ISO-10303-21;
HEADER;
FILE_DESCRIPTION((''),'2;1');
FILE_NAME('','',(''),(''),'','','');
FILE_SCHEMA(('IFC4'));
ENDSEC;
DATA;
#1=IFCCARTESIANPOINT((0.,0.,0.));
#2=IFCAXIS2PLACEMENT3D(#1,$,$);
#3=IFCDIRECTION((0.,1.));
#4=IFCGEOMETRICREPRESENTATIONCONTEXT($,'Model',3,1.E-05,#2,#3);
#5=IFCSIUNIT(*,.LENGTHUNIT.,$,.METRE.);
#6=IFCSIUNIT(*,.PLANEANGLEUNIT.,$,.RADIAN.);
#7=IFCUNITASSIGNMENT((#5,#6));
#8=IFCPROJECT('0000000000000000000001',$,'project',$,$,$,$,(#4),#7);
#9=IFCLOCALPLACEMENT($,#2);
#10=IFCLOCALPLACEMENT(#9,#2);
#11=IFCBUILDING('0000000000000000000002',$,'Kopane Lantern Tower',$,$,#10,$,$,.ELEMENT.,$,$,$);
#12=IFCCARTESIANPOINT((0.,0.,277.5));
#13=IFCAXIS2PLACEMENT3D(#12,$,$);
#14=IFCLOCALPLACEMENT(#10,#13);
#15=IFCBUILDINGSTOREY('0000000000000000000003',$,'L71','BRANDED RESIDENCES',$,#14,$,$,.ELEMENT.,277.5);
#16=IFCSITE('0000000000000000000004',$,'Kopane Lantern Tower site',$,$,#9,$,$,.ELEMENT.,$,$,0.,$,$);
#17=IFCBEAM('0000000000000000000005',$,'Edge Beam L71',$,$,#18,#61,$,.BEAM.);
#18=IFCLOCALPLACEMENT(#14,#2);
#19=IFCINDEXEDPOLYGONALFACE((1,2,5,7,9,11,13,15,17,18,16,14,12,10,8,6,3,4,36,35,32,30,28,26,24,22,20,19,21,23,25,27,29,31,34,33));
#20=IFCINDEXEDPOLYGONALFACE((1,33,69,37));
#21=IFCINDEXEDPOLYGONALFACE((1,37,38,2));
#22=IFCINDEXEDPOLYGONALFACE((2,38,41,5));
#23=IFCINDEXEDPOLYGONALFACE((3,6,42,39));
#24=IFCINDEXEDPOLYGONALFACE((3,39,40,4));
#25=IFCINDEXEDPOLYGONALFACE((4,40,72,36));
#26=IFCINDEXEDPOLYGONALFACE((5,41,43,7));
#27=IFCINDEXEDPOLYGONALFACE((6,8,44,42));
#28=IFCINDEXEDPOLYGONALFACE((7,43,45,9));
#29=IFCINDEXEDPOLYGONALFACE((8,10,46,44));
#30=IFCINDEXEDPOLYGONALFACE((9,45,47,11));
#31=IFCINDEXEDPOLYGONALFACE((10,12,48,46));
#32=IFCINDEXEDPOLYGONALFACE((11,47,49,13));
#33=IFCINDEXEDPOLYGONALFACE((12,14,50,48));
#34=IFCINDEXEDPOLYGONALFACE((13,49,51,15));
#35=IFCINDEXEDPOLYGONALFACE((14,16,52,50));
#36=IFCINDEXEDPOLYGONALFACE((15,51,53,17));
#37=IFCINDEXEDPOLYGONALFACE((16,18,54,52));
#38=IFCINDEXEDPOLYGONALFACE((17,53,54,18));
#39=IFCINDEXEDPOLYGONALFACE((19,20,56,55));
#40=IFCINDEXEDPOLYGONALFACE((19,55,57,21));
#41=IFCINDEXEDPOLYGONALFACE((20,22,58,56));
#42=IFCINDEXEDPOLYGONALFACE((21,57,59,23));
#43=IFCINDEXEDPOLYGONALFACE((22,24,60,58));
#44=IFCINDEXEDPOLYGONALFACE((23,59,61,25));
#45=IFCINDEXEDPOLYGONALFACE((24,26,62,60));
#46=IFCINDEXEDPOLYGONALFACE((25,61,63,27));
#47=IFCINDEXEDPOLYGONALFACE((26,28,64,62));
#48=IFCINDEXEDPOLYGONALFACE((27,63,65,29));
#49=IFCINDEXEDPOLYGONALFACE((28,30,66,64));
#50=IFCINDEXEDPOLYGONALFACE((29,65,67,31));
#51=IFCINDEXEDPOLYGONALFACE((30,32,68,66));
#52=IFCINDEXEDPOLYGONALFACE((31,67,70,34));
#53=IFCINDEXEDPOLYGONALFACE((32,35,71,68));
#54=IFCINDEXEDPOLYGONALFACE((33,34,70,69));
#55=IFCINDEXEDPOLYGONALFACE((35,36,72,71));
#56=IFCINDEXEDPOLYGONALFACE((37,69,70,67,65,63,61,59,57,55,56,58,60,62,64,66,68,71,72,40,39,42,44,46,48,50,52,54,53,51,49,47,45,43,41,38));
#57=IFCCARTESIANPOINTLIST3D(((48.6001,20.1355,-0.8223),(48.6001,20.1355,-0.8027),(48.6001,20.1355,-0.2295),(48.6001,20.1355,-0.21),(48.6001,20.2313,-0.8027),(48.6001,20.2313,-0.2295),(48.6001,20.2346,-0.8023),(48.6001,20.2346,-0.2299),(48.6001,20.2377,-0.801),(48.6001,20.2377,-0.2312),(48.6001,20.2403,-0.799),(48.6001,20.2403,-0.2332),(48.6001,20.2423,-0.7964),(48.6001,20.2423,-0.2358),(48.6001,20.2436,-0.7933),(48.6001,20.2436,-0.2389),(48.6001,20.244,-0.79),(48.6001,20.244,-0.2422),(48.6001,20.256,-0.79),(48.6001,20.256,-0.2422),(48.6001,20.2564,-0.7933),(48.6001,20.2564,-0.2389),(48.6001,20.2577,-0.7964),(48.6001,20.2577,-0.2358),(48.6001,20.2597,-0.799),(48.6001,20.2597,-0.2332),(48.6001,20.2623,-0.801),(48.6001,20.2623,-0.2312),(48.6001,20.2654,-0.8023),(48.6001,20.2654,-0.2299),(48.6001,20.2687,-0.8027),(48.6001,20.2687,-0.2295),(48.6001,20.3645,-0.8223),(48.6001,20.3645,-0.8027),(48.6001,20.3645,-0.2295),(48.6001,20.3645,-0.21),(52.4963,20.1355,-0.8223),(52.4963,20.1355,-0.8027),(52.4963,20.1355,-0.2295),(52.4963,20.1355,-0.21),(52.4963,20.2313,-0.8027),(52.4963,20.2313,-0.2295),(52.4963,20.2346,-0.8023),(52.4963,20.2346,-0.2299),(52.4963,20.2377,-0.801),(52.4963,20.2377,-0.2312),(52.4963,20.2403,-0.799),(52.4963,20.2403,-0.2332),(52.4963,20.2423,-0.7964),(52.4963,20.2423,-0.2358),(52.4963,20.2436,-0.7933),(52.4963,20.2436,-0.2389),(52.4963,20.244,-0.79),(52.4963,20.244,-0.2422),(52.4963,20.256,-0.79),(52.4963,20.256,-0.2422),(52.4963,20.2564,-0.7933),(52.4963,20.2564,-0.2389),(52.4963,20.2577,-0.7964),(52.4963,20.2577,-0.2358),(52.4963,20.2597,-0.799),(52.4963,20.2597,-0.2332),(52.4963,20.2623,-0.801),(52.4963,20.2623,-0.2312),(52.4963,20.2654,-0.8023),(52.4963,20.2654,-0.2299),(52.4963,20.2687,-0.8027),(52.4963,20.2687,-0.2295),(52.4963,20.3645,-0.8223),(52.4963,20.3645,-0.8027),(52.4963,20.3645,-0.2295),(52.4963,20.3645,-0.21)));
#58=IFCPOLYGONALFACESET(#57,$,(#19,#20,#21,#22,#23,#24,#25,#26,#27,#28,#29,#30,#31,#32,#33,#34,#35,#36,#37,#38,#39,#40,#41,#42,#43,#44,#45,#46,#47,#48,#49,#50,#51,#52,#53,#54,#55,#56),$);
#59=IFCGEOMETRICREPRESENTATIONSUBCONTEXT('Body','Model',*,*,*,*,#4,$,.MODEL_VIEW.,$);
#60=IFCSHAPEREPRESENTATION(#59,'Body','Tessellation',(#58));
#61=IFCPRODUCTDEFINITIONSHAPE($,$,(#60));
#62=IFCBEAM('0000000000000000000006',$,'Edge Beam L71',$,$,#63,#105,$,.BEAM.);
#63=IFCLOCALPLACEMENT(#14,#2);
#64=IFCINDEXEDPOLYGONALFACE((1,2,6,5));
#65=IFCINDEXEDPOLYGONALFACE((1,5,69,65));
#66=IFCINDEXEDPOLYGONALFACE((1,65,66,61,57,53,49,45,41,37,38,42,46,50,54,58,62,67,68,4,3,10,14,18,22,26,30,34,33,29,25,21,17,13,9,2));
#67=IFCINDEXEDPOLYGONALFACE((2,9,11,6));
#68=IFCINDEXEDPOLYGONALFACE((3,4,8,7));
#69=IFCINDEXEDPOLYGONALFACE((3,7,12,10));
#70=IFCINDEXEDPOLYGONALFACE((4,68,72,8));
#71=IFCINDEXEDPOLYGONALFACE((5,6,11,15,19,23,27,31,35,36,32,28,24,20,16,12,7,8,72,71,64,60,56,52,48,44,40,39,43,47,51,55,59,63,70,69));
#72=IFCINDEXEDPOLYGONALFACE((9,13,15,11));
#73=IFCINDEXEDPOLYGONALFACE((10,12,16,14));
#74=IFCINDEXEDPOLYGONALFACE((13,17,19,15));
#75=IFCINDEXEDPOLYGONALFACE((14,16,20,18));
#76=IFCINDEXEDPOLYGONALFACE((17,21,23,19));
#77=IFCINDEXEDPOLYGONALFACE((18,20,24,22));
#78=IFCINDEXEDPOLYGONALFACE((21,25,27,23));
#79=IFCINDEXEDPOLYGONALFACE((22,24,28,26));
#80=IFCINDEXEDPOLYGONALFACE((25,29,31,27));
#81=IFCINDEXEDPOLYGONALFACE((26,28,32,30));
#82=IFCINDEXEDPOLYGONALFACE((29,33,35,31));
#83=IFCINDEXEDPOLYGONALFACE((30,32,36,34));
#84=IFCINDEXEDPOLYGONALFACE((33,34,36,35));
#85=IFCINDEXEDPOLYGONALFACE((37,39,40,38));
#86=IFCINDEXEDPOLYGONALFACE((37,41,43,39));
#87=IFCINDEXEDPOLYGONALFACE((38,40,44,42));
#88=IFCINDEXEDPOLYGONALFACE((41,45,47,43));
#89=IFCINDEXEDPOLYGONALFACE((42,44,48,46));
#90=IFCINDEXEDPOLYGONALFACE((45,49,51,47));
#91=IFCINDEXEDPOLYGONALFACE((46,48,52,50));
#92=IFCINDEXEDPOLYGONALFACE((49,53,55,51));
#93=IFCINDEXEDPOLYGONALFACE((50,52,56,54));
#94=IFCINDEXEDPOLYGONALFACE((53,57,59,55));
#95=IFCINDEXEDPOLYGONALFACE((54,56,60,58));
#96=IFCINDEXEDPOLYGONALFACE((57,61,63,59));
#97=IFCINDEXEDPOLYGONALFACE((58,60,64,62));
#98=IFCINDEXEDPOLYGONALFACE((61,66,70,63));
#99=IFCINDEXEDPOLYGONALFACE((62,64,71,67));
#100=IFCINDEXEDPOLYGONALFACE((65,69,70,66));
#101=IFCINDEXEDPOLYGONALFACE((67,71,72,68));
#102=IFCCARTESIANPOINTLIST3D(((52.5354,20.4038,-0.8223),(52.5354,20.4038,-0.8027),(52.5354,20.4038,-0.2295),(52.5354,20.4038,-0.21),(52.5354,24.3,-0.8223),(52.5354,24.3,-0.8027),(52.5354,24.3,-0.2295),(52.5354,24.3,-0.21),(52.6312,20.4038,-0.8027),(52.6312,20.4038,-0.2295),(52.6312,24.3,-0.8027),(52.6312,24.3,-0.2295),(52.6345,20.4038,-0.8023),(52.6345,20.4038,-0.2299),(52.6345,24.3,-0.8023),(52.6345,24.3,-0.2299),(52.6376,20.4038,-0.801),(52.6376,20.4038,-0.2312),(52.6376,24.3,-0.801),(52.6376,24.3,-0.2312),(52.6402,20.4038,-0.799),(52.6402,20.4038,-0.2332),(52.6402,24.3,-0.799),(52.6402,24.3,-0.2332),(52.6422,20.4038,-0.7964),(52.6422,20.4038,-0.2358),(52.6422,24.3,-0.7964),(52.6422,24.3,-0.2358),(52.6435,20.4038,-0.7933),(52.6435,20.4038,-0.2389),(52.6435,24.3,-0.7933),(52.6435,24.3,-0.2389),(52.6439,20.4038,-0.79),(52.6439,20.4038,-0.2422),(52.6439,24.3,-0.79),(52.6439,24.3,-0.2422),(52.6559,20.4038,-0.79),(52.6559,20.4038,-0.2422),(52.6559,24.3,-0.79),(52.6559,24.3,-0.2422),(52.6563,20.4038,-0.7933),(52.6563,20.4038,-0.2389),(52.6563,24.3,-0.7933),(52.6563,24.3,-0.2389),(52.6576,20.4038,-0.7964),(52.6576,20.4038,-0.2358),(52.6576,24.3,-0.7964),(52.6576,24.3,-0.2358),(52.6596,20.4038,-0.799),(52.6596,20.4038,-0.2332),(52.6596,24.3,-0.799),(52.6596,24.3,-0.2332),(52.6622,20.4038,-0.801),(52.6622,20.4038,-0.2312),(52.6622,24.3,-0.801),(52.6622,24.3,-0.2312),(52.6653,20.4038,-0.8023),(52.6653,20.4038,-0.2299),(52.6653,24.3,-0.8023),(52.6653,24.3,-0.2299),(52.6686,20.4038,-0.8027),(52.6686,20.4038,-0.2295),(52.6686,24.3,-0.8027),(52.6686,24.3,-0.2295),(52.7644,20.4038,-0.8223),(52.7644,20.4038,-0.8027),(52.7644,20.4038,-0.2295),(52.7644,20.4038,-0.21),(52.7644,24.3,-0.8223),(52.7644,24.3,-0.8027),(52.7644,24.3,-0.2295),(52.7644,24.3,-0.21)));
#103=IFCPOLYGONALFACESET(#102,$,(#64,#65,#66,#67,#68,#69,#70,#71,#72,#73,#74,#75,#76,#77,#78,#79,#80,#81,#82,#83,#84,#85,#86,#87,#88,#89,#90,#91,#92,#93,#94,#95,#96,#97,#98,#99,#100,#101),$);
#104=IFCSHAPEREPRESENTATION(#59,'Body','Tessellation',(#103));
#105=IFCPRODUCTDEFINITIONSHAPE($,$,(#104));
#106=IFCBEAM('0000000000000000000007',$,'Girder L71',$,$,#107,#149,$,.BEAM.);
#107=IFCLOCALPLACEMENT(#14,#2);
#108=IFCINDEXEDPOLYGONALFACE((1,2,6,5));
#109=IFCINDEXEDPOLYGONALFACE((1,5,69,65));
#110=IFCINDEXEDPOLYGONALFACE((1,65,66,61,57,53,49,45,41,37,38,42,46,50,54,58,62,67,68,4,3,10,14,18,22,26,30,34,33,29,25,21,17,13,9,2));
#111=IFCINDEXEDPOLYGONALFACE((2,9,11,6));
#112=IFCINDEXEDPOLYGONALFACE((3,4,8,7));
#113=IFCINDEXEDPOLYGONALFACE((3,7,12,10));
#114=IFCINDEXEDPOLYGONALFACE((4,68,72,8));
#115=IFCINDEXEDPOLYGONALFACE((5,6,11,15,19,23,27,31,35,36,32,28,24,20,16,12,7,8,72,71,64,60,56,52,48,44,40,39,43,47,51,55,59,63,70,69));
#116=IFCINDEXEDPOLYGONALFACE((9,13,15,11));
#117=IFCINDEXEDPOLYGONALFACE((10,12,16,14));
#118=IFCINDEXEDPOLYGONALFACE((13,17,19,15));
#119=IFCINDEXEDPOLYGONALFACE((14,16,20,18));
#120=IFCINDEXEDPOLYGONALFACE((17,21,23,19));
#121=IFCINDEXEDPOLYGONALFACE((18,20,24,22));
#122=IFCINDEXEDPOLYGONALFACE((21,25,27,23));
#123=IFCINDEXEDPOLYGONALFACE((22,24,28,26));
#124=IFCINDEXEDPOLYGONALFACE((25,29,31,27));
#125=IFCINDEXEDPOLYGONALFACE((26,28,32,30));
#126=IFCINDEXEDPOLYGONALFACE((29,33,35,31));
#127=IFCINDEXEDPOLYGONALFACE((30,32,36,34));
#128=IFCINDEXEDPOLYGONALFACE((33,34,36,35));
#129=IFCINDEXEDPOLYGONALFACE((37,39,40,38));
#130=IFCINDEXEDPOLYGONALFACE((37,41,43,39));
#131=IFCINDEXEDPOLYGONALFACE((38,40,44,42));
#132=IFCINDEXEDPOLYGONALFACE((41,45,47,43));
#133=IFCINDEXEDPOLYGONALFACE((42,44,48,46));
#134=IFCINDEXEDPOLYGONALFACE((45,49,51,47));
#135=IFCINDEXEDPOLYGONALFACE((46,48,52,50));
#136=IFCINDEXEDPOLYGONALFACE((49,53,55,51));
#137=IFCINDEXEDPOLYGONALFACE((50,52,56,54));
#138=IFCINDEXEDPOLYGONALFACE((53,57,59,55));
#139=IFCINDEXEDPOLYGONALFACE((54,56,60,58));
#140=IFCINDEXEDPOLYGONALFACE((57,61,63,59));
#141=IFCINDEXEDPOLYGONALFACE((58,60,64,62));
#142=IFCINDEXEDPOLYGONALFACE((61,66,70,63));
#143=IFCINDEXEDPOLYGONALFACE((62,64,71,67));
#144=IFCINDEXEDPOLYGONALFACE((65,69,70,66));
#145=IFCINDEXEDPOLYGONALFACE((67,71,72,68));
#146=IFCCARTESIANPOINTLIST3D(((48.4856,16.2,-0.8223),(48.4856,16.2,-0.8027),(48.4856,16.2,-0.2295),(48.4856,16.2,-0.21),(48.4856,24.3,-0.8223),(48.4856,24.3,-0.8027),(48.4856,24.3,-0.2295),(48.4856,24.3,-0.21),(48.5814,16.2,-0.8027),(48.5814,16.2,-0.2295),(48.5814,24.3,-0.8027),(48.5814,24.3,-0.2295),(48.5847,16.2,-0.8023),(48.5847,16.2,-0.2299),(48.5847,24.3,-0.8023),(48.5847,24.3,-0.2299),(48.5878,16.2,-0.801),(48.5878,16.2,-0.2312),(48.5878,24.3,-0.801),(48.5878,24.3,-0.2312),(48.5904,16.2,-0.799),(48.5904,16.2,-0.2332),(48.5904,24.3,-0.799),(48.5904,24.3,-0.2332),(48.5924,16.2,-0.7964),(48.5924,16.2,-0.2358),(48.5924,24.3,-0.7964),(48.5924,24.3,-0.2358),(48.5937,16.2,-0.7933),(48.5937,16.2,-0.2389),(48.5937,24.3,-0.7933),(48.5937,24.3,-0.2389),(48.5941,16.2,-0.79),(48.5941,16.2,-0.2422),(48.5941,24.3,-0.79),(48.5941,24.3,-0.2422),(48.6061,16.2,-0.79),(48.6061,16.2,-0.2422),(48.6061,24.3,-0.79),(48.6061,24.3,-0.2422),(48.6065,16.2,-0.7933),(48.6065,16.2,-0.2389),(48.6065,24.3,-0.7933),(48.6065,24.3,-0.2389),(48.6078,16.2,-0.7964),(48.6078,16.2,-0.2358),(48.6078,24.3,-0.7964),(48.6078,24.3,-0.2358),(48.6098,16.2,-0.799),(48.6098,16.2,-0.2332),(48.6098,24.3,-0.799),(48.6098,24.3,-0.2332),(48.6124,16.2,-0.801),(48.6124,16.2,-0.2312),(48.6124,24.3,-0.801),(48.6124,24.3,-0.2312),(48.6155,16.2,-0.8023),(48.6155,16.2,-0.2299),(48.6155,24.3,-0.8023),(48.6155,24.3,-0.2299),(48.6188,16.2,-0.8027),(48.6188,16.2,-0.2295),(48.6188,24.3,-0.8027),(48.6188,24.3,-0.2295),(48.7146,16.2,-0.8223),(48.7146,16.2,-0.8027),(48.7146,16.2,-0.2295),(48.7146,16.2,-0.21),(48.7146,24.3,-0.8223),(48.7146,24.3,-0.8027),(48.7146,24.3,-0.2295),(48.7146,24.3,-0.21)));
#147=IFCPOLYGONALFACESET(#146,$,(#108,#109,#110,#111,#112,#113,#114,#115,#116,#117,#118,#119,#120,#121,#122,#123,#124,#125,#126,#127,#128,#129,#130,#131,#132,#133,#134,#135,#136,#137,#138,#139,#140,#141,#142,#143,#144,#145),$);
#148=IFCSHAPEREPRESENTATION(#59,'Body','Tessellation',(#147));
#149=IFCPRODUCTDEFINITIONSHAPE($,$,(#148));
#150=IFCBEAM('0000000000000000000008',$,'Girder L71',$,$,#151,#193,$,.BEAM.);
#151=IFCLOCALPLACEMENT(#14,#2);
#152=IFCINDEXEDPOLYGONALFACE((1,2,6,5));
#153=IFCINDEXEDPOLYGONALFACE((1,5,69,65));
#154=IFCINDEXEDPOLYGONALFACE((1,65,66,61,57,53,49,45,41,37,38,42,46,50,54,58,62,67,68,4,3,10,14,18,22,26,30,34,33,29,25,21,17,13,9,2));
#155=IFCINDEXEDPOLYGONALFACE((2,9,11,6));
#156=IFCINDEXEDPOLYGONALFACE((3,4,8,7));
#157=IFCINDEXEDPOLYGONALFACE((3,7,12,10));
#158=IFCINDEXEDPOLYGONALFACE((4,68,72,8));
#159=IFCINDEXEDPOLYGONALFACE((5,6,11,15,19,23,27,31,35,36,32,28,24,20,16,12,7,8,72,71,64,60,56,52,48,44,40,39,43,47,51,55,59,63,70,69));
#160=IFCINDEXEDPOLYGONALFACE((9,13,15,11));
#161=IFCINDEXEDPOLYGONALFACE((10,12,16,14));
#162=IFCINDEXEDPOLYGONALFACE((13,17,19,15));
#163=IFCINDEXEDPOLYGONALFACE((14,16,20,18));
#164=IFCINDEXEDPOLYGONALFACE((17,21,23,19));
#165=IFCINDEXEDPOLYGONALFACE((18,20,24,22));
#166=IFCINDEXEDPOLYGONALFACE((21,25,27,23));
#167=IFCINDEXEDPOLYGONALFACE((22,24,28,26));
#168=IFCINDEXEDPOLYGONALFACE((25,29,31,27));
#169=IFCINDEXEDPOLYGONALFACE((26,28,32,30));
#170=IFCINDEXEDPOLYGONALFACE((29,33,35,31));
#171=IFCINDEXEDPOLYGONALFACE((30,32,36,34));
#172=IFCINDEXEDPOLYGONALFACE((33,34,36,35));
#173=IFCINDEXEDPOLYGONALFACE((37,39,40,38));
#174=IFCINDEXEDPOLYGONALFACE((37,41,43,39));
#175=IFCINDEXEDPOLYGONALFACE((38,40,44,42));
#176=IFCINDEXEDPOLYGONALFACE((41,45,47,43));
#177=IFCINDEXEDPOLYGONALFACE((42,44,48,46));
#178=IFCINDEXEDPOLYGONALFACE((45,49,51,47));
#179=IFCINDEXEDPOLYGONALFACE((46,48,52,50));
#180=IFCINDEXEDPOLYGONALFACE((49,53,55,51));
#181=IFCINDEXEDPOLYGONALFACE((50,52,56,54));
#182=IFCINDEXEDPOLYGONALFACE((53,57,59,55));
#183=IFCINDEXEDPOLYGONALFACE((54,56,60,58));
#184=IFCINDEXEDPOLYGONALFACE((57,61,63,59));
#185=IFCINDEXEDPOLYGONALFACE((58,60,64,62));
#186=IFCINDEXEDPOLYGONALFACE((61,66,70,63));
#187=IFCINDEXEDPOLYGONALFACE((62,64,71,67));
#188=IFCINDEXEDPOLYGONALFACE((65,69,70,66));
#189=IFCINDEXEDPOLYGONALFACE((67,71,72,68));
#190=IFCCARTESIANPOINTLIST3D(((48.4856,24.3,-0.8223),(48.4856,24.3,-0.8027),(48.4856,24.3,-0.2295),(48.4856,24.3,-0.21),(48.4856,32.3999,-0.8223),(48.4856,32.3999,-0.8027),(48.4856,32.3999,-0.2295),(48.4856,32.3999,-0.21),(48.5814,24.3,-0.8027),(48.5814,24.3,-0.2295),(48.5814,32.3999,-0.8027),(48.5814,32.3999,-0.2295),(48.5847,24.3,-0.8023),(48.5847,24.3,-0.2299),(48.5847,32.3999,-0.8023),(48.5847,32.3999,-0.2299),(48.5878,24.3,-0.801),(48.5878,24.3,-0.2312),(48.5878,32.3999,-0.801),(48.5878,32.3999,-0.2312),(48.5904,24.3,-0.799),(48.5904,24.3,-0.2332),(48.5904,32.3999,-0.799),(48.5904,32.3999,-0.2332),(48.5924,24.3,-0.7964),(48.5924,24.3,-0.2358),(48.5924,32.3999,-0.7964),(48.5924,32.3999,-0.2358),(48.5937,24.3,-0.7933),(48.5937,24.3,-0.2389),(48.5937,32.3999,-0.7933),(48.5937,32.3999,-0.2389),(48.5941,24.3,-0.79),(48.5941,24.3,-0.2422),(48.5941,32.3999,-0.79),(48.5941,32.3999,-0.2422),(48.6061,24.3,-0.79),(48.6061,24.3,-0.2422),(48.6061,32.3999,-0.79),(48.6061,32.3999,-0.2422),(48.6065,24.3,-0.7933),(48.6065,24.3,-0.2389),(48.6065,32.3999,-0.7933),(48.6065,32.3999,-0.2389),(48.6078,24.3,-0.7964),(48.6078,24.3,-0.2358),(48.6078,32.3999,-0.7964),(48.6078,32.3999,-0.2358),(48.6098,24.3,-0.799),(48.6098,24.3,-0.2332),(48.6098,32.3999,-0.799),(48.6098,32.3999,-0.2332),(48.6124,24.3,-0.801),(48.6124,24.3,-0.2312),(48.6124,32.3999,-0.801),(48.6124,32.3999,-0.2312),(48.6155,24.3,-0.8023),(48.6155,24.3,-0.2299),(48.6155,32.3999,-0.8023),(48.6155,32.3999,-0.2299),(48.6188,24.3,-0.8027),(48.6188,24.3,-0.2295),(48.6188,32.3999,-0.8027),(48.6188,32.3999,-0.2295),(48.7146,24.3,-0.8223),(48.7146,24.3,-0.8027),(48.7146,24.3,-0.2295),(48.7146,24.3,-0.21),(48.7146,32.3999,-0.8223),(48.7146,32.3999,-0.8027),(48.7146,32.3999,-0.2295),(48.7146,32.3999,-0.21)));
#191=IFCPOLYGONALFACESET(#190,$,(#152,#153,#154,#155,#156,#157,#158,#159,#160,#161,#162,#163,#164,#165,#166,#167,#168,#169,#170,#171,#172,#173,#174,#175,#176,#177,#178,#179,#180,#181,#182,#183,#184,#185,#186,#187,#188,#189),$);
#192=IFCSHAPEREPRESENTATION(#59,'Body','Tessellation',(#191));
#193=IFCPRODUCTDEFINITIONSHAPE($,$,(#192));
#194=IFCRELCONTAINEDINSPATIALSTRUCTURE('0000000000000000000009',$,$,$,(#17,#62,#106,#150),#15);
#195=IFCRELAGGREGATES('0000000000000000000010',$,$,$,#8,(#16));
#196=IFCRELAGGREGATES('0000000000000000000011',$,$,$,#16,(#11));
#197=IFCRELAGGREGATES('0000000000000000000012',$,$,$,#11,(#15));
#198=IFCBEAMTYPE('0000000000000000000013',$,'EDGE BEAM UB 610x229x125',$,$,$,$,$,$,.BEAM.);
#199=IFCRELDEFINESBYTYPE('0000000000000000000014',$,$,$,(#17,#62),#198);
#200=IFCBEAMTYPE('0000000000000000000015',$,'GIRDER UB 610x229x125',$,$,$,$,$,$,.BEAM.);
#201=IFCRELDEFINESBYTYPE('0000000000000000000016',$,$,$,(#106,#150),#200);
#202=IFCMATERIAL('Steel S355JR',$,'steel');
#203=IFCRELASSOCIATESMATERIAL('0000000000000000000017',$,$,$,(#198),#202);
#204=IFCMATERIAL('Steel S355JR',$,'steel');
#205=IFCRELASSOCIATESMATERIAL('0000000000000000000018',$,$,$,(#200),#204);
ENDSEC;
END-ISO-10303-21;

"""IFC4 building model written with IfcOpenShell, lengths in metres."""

from ifc_helpers import new_model, si_unit, direction, frame, origin, origin_2d, place, context, subcontext, project, spatial, i_section, extrude, material, material_profile, profile_set, type_object, element, save


model = new_model("IFC4")

# Units and contexts
model_context = context("Model", 3, precision=1e-05, world=origin(), true_north=direction((0.0, 1.0)))
body_context = subcontext(model_context, "Body", "Model", "MODEL_VIEW")
ifc_project = project(units=[si_unit("LENGTHUNIT", "METRE"), si_unit("PLANEANGLEUNIT", "RADIAN")], contexts=[model_context])

# Site, building, storey
site_placement = place(None, origin())
site = spatial("IfcSite", under=ifc_project, at=site_placement, Name="Kopane Lantern Tower site", CompositionType="ELEMENT", RefElevation=0.0)
building_placement = place(site_placement, origin())
building = spatial("IfcBuilding", under=site, at=building_placement, Name="Kopane Lantern Tower", CompositionType="ELEMENT")
storey_placement = place(building_placement, frame((0.0, 0.0, 277.5)))
storey = spatial("IfcBuildingStorey", under=building, at=storey_placement, Name="L71", Description="BRANDED RESIDENCES", CompositionType="ELEMENT", Elevation=277.5)

# Beams
ifc_material_1 = material(Name="Steel S355JR", Category="steel")
ifc_material_profile_1 = material_profile(ifc_material_1, i_section(OverallWidth=0.229, OverallDepth=0.6123, WebThickness=0.012, FlangeThickness=0.0195, FilletRadius=0.0127, at=origin_2d()), Name="UB 610x229x125")
ifc_profile_set_1 = profile_set([ifc_material_profile_1], Name="Steel S355JR")
beam_type_1 = type_object("IfcBeamType", Name="EDGE BEAM UB 610x229x125", PredefinedType="BEAM", material=ifc_profile_set_1)
for number, where, z_axis, x_axis, name in (
    (1, (52.4963, 20.25, -0.5161), (-1.0, 0.0, 0.0), (0.0, -1.0, 0.0), "Edge Beam L71"),
    (2, (52.6499, 20.4038, -0.5161), (0.0, 1.0, 0.0), (-1.0, 0.0, 0.0), "Edge Beam L71"),
):
    element("IfcBeam", number, at=place(storey_placement, frame(where, z_axis=z_axis, x_axis=x_axis)), inside=storey, type_object=beam_type_1, Name=name, PredefinedType="BEAM", context=body_context, shape_type="SweptSolid", body=[
        extrude(i_section(OverallWidth=0.229, OverallDepth=0.6123, WebThickness=0.012, FlangeThickness=0.0195, FilletRadius=0.0127, at=origin_2d()), origin(), (0.0, 0.0, 1.0), 3.8962),
    ])
ifc_material_2 = material(Name="Steel S355JR", Category="steel")
ifc_material_profile_2 = material_profile(ifc_material_2, i_section(OverallWidth=0.229, OverallDepth=0.6123, WebThickness=0.012, FlangeThickness=0.0195, FilletRadius=0.0127, at=origin_2d()), Name="UB 610x229x125")
ifc_profile_set_2 = profile_set([ifc_material_profile_2], Name="Steel S355JR")
beam_type_2 = type_object("IfcBeamType", Name="GIRDER UB 610x229x125", PredefinedType="BEAM", material=ifc_profile_set_2)
beam_1_placement = place(storey_placement, frame((48.6001, 16.2, -0.5161), z_axis=(0.0, 1.0, 0.0), x_axis=(-1.0, 0.0, 0.0)))
element("IfcBeam", 3, at=beam_1_placement, inside=storey, type_object=beam_type_2, Name="Girder L71", PredefinedType="BEAM", context=body_context, shape_type="SweptSolid", body=[
    extrude(i_section(OverallWidth=0.229, OverallDepth=0.6123, WebThickness=0.012, FlangeThickness=0.0195, FilletRadius=0.0127, at=origin_2d()), origin(), (0.0, 0.0, 1.0), 8.1001),
])
beam_2_placement = place(storey_placement, frame((48.6001, 24.3, -0.5161), z_axis=(0.0, 1.0, 0.0), x_axis=(-1.0, 0.0, 0.0)))
element("IfcBeam", 4, at=beam_2_placement, inside=storey, type_object=beam_type_2, Name="Girder L71", PredefinedType="BEAM", context=body_context, shape_type="SweptSolid", body=[
    extrude(i_section(OverallWidth=0.229, OverallDepth=0.6123, WebThickness=0.012, FlangeThickness=0.0195, FilletRadius=0.0127, at=origin_2d()), origin(), (0.0, 0.0, 1.0), 8.0999),
])

save(model, "model.ifc")
